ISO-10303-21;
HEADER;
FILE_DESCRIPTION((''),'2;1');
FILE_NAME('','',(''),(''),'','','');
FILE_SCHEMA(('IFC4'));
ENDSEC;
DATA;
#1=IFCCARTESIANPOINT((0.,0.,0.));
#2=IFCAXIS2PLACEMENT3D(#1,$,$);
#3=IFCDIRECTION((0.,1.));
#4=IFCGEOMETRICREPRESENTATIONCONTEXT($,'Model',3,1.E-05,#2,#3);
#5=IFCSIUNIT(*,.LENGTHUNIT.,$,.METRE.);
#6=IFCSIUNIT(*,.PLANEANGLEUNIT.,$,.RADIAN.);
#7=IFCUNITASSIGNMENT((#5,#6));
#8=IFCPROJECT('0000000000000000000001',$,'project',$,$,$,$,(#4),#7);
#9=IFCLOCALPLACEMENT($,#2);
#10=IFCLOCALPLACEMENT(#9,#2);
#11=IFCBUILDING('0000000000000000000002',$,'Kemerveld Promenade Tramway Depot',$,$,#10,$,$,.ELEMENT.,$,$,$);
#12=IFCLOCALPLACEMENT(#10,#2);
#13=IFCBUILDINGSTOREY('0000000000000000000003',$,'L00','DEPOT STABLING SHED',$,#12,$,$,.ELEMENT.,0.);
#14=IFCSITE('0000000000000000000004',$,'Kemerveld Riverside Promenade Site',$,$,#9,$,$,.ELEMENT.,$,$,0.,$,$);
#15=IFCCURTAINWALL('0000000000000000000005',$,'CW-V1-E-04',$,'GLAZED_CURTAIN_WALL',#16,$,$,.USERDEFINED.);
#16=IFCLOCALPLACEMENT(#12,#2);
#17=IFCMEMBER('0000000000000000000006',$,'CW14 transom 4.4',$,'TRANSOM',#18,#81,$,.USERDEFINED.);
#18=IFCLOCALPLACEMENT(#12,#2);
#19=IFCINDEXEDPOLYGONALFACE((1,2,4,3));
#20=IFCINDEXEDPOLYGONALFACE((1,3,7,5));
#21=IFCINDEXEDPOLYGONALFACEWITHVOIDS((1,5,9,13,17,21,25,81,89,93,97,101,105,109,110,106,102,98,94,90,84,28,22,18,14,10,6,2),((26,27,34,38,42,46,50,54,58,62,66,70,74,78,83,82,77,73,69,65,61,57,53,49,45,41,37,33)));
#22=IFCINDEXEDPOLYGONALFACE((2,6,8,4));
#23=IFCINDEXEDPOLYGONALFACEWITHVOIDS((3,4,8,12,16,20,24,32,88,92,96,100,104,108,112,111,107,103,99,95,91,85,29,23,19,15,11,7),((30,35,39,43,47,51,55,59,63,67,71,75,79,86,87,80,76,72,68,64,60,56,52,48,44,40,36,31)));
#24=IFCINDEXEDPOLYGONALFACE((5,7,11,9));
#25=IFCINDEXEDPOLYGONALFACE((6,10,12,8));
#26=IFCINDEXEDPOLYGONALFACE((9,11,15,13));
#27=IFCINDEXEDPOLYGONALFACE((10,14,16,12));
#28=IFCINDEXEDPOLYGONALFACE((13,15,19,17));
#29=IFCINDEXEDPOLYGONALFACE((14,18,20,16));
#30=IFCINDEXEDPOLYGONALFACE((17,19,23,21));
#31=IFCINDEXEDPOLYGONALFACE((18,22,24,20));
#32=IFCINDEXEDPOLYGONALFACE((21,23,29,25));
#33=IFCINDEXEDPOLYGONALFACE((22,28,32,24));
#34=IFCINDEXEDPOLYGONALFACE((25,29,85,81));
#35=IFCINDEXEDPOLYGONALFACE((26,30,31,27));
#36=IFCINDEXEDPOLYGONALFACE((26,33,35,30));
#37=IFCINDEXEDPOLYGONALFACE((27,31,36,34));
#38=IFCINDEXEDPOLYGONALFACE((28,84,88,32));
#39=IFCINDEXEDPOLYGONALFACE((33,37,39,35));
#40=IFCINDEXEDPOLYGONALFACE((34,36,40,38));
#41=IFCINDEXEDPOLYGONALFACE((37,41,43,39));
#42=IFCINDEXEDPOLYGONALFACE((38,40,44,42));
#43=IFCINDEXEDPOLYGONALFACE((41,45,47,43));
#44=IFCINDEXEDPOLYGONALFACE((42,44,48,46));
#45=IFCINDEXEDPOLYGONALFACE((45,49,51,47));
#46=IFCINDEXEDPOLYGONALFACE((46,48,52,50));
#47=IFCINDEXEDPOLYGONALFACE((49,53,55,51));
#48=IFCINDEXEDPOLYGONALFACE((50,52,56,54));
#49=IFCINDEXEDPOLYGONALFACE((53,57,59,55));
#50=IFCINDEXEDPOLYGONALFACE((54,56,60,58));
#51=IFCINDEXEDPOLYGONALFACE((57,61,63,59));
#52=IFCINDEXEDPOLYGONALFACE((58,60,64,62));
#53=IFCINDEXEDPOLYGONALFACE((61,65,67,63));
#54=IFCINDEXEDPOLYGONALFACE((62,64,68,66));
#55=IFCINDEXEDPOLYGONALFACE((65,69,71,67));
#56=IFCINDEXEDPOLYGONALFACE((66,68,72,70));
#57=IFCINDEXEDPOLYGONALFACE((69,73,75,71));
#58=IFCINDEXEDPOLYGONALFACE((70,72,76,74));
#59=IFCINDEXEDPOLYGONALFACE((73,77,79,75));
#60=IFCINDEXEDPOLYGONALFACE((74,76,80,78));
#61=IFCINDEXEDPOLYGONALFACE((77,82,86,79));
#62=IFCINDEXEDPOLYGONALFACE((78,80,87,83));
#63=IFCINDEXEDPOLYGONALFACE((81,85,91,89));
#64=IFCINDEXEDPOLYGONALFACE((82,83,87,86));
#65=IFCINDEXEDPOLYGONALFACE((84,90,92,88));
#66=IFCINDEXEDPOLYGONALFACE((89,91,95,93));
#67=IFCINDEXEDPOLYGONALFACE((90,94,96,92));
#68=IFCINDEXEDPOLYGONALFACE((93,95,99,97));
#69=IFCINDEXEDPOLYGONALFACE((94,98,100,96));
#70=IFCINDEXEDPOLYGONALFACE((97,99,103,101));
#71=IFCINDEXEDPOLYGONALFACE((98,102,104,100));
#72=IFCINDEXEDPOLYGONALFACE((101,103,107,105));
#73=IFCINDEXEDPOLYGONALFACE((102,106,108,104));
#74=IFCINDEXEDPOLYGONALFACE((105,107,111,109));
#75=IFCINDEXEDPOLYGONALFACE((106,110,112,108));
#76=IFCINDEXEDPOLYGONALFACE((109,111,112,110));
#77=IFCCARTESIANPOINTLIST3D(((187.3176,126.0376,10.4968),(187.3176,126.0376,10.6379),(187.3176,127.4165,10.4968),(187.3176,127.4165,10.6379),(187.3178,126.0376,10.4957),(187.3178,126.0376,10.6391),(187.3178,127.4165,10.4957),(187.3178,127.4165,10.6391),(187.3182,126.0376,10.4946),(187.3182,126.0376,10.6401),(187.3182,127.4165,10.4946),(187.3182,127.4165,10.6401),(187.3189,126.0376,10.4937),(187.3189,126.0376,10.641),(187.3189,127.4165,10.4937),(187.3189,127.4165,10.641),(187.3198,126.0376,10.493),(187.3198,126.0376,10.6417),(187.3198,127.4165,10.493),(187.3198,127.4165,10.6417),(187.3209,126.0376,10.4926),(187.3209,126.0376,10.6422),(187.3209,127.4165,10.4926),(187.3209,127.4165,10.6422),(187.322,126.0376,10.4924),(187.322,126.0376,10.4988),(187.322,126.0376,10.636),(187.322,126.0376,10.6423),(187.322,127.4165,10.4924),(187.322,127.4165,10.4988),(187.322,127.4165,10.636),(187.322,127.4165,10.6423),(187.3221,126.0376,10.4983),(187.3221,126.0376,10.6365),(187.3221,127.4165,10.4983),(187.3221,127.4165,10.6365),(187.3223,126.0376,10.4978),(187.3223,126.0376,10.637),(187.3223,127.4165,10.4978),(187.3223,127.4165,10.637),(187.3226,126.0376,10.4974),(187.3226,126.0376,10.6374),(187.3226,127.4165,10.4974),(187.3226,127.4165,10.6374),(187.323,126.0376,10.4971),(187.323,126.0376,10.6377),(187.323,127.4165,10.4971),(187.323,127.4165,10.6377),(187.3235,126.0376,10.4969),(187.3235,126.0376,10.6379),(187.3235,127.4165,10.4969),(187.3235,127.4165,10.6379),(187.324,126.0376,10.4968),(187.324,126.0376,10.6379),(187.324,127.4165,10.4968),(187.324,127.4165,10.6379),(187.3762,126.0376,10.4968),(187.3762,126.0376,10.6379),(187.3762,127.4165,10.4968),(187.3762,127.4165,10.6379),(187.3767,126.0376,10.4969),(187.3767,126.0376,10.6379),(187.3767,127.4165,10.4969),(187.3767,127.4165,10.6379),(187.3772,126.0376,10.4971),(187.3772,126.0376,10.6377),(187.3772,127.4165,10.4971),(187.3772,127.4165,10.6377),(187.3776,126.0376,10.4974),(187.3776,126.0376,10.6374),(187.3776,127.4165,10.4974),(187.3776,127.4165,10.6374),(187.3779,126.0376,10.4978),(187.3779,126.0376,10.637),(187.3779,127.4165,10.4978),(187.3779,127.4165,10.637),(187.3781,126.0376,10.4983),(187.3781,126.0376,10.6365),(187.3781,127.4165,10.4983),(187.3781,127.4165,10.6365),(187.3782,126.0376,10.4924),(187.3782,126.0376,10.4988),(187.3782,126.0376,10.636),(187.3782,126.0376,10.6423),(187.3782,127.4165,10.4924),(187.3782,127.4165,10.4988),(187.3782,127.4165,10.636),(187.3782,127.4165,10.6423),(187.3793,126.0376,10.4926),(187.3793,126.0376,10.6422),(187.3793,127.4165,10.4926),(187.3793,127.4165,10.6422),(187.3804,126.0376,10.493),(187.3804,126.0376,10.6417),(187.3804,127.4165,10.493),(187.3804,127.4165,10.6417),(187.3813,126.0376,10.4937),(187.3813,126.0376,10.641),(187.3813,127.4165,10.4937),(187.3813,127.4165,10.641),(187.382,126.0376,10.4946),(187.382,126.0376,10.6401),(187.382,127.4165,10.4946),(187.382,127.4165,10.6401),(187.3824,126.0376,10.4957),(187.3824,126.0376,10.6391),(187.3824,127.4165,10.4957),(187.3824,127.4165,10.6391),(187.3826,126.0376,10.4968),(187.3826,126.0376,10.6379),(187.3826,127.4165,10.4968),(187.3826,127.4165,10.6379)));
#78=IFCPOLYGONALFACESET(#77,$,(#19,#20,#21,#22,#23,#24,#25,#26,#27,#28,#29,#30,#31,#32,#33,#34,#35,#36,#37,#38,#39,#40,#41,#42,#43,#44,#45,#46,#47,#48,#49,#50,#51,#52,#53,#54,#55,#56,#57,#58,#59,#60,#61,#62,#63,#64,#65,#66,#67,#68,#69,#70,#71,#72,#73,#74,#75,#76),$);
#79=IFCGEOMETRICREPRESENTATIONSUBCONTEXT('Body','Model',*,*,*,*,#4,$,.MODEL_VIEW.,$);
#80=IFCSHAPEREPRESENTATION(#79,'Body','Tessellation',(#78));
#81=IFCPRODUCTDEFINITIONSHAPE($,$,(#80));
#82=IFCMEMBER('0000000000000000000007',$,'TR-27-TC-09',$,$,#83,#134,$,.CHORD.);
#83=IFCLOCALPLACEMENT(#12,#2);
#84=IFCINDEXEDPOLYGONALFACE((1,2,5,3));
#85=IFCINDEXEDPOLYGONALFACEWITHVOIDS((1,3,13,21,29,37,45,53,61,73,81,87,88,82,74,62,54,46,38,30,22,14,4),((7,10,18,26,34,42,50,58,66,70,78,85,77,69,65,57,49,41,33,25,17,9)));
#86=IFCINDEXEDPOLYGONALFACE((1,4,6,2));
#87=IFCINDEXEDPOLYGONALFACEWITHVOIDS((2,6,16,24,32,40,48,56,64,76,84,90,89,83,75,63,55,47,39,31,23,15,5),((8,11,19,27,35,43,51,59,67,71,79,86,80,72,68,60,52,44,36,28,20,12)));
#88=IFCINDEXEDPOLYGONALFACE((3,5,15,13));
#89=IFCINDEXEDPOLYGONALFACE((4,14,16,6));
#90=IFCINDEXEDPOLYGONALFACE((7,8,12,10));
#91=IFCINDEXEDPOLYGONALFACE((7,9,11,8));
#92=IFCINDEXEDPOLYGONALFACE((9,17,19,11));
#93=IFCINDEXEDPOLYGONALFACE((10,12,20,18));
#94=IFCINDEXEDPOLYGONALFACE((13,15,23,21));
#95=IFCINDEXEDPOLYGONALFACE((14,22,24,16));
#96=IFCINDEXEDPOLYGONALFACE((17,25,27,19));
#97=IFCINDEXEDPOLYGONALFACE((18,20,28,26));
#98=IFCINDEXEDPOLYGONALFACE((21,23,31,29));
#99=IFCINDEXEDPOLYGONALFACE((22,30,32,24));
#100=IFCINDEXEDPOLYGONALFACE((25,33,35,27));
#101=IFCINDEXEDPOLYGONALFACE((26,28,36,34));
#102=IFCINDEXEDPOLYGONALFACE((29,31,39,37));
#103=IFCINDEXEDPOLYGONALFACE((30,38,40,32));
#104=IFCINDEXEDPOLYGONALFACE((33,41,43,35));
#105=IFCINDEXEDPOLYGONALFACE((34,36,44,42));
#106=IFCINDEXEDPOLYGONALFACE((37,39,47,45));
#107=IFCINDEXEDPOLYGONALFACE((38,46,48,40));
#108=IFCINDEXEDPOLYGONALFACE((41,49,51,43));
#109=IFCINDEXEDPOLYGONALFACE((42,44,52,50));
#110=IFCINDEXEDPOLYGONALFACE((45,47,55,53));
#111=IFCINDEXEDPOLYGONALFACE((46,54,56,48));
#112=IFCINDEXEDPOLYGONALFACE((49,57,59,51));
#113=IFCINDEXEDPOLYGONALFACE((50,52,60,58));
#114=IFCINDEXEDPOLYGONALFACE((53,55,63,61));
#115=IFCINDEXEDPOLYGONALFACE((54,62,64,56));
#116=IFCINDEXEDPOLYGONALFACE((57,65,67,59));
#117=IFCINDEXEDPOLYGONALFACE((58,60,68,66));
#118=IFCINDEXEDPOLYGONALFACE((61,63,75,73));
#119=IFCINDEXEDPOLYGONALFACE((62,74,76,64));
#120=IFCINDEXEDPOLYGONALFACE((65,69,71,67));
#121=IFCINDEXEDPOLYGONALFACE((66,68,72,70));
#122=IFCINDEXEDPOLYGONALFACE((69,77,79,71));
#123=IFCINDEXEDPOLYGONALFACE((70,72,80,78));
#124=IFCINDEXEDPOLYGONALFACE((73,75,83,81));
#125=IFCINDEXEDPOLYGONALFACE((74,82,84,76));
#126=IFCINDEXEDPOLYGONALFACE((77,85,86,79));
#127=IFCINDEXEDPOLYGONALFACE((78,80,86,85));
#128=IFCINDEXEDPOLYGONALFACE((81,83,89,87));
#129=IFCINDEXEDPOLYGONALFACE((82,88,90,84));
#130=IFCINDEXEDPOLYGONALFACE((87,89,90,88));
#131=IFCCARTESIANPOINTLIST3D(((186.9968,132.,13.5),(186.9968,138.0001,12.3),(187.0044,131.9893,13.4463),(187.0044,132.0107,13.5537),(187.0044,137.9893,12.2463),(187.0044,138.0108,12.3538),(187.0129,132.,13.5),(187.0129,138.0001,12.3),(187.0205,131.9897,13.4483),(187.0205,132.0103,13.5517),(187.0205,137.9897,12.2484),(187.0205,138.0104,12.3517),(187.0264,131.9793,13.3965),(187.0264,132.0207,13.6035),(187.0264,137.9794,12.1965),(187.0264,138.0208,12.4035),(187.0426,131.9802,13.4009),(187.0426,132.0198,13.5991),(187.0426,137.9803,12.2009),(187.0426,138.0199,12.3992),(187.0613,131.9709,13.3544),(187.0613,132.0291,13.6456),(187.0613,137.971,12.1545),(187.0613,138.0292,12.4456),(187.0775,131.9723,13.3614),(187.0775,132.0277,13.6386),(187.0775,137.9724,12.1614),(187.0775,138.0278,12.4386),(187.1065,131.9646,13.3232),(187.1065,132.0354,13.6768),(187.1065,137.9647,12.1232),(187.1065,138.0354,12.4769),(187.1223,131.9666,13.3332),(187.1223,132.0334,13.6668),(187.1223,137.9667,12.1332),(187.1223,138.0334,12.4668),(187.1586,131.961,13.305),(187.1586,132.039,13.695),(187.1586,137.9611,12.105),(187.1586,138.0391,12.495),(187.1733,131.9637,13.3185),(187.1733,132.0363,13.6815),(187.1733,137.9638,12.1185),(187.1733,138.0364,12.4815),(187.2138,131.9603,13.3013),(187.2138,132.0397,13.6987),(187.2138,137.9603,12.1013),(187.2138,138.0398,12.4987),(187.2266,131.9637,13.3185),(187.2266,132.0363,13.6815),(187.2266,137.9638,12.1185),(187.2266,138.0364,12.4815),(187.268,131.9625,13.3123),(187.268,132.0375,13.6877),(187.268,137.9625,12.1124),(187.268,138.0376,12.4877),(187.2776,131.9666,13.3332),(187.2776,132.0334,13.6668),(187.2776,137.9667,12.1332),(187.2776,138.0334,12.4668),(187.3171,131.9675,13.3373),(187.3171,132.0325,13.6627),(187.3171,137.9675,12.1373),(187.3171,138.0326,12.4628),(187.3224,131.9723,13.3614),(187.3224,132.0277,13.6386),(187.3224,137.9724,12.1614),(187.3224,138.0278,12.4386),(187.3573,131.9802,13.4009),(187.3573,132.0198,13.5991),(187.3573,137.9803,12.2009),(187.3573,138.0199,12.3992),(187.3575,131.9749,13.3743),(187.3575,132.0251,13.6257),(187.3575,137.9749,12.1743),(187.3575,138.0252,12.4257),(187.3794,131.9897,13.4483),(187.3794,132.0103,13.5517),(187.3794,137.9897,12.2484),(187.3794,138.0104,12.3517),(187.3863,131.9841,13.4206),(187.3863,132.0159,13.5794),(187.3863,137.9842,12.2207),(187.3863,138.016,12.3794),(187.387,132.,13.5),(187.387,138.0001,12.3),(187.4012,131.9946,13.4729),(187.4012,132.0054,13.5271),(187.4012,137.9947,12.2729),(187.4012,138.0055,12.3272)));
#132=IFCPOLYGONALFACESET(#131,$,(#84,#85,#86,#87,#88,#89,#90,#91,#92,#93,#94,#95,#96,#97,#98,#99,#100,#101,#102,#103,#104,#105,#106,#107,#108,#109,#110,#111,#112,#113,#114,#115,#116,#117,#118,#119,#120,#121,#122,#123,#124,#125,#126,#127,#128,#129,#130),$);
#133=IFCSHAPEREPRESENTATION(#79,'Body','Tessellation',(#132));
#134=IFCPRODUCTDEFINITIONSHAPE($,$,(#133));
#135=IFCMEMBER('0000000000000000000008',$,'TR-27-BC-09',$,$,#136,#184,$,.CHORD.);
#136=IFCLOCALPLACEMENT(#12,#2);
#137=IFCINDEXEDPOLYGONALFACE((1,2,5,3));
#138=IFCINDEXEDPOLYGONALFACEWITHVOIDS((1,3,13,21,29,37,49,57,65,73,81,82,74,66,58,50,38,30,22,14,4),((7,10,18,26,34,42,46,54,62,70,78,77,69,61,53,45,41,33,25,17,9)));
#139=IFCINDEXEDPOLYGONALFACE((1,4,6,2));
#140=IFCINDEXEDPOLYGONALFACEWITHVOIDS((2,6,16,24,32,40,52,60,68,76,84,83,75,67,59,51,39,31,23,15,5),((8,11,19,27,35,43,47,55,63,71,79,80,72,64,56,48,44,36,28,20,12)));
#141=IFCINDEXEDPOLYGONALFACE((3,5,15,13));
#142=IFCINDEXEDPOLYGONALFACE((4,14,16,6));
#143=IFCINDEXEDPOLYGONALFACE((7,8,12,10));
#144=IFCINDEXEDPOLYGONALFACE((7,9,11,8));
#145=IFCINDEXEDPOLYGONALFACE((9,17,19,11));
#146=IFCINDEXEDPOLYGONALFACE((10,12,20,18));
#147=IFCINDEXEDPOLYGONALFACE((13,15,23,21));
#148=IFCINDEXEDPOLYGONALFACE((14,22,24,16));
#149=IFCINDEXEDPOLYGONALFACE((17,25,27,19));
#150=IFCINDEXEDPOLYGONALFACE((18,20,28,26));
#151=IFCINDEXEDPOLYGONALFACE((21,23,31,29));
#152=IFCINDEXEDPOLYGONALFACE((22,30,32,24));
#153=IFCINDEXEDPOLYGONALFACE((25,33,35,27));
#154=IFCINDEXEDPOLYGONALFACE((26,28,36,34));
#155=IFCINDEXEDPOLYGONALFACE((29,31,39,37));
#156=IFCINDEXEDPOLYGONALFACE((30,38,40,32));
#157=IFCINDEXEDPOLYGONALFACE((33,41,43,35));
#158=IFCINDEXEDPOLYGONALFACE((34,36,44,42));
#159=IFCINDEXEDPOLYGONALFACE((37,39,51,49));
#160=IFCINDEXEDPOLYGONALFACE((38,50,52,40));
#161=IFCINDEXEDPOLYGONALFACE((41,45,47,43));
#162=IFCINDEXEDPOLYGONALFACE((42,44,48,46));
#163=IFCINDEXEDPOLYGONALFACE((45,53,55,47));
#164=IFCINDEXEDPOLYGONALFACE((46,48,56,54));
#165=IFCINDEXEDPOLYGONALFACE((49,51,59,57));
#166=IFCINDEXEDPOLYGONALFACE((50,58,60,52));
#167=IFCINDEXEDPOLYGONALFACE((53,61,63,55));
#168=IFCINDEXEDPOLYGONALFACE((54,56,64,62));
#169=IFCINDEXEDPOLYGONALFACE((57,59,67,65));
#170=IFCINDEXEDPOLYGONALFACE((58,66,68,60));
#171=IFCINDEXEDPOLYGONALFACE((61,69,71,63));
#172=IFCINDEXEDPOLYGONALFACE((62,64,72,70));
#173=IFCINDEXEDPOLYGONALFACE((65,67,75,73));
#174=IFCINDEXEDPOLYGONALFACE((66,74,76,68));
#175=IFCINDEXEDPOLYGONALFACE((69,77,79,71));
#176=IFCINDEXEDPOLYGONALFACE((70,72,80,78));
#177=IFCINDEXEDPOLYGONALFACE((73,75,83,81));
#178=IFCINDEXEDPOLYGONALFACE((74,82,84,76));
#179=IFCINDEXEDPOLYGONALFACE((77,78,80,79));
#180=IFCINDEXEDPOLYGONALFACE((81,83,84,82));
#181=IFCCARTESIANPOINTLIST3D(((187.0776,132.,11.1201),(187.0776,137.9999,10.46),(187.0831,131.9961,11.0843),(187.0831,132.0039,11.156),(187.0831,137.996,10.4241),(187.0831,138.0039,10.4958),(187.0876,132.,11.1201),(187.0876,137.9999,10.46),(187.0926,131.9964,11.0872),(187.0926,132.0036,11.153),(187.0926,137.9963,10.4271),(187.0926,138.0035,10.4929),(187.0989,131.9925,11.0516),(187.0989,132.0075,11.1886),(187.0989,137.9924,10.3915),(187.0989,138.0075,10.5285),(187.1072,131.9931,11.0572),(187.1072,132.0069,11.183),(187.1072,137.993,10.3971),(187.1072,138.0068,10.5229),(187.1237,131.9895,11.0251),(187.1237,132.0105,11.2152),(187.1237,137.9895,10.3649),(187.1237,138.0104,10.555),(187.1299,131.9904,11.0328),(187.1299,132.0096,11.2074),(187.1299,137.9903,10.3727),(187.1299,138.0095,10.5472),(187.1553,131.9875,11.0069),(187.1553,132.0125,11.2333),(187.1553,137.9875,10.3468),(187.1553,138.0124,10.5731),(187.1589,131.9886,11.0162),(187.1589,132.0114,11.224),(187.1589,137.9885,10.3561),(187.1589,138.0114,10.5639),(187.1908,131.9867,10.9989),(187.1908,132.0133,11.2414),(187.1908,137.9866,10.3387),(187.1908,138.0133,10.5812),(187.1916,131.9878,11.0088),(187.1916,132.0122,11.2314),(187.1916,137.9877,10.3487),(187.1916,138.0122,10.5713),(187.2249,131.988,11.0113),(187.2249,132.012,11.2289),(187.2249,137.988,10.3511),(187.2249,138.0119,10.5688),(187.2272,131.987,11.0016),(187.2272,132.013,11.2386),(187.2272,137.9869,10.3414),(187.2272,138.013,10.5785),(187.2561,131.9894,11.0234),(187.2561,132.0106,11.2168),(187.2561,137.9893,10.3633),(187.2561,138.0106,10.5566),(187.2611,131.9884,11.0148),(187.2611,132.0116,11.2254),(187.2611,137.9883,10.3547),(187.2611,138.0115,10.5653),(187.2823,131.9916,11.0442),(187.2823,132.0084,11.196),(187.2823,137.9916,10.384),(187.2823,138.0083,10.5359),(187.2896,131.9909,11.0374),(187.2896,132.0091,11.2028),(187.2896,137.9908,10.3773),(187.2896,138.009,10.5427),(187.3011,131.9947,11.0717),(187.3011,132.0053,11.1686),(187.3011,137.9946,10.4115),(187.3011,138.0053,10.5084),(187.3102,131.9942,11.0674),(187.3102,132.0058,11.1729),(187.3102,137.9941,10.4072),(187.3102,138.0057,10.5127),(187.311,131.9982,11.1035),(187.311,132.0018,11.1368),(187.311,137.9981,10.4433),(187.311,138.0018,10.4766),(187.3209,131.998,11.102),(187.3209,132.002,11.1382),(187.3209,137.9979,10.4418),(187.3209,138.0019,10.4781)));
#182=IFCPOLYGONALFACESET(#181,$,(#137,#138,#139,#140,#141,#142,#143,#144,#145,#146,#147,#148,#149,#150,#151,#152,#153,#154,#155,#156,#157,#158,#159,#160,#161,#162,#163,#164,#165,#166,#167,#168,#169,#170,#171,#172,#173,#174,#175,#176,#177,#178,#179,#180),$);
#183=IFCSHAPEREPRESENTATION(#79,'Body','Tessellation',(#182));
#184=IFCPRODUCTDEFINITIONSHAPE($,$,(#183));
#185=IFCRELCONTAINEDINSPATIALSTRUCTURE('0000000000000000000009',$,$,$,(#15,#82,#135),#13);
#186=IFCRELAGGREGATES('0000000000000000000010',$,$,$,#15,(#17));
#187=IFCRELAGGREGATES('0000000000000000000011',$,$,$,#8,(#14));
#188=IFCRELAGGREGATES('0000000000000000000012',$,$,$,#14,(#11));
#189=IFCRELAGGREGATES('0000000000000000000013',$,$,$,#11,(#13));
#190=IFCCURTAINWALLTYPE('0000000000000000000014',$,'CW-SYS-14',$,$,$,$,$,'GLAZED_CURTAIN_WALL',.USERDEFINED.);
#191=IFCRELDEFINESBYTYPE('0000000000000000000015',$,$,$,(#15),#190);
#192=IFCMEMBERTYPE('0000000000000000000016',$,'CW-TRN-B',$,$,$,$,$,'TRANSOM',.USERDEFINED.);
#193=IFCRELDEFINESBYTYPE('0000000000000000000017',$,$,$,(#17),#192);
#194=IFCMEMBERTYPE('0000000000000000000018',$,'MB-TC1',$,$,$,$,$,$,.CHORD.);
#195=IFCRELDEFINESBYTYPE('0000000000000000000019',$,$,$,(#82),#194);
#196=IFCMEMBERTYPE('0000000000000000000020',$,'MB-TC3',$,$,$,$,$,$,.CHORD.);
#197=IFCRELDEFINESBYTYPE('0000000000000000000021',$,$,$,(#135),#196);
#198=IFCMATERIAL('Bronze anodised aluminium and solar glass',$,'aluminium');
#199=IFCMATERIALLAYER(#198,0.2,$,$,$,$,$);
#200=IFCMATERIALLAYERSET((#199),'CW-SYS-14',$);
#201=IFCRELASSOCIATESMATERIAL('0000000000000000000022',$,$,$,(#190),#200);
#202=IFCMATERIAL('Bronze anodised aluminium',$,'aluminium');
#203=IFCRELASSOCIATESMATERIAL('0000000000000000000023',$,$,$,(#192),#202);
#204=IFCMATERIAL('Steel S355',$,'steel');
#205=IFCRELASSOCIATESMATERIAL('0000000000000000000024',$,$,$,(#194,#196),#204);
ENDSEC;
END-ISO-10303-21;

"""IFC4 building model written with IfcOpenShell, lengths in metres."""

from ifc_helpers import new_model, si_unit, direction, frame, origin, origin_2d, place, context, subcontext, project, spatial, hollow_rectangle, hollow_circle, extrude, material, layer, layer_set, material_profile, profile_set, type_object, element, aggregate, save


model = new_model("IFC4")

# Units and contexts
model_context = context("Model", 3, precision=1e-05, world=origin(), true_north=direction((0.0, 1.0)))
body_context = subcontext(model_context, "Body", "Model", "MODEL_VIEW")
ifc_project = project(units=[si_unit("LENGTHUNIT", "METRE"), si_unit("PLANEANGLEUNIT", "RADIAN")], contexts=[model_context])

# Site, building, storey
site_placement = place(None, origin())
site = spatial("IfcSite", under=ifc_project, at=site_placement, Name="Kemerveld Riverside Promenade Site", CompositionType="ELEMENT", RefElevation=0.0)
building_placement = place(site_placement, origin())
building = spatial("IfcBuilding", under=site, at=building_placement, Name="Kemerveld Promenade Tramway Depot", CompositionType="ELEMENT")
storey_placement = place(building_placement, origin())
storey = spatial("IfcBuildingStorey", under=building, at=storey_placement, Name="L00", Description="DEPOT STABLING SHED", CompositionType="ELEMENT", Elevation=0.0)

# Curtain wall, member
ifc_material_1 = material(Name="Bronze anodised aluminium and solar glass", Category="aluminium")
ifc_layer_1 = layer(ifc_material_1, 0.2)
ifc_layer_set_1 = layer_set([ifc_layer_1], Name="CW-SYS-14")
curtain_wall_type = type_object("IfcCurtainWallType", Name="CW-SYS-14", ElementType="GLAZED_CURTAIN_WALL", PredefinedType="USERDEFINED", material=ifc_layer_set_1)
curtain_wall_placement = place(storey_placement, origin())
curtain_wall = element("IfcCurtainWall", 1, at=curtain_wall_placement, inside=storey, type_object=curtain_wall_type, Name="CW-V1-E-04", ObjectType="GLAZED_CURTAIN_WALL", PredefinedType="USERDEFINED")
ifc_material_2 = material(Name="Bronze anodised aluminium", Category="aluminium")
ifc_material_profile_1 = material_profile(ifc_material_2, hollow_rectangle(XDim=0.0649, YDim=0.1499, WallThickness=0.0044, InnerFilletRadius=0.002, OuterFilletRadius=0.0044, at=origin_2d()), Name="CW-TRN-150x65")
ifc_profile_set_1 = profile_set([ifc_material_profile_1], Name="Bronze anodised aluminium")
member_type_1 = type_object("IfcMemberType", Name="CW-TRN-B", ElementType="TRANSOM", PredefinedType="USERDEFINED", material=ifc_profile_set_1)
member_1_placement = place(storey_placement, frame((187.3501, 127.4165, 10.5674), z_axis=(0.0, -1.0, 0.0), x_axis=(1.0, 0.0, 0.0)))
member_1 = element("IfcMember", 2, at=member_1_placement, type_object=member_type_1, Name="CW14 transom 4.4", ObjectType="TRANSOM", PredefinedType="USERDEFINED", context=body_context, shape_type="SweptSolid", body=[
    extrude(hollow_rectangle(XDim=0.0649, YDim=0.1499, WallThickness=0.0044, InnerFilletRadius=0.002, OuterFilletRadius=0.0044, at=origin_2d()), origin(), (0.0, 0.0, 1.0), 1.3789),
])

# Members
ifc_material_3 = material(Name="Steel S355", Category="steel")
ifc_material_profile_2 = material_profile(ifc_material_3, hollow_circle(Radius=0.2031, WallThickness=0.0161, at=origin_2d()), Name="406.4x16.0 CHS")
ifc_profile_set_2 = profile_set([ifc_material_profile_2], Name="Steel S355")
member_type_2 = type_object("IfcMemberType", Name="MB-TC1", PredefinedType="CHORD", material=ifc_profile_set_2)
member_2_placement = place(storey_placement, frame((187.2, 132.0, 13.5), z_axis=(0.0, 0.980582, -0.196108), x_axis=(-1.0, 0.0, 0.0)))
element("IfcMember", 3, at=member_2_placement, inside=storey, type_object=member_type_2, Name="TR-27-TC-09", PredefinedType="CHORD", context=body_context, shape_type="SweptSolid", body=[
    extrude(hollow_circle(Radius=0.2031, WallThickness=0.0161, at=origin_2d()), origin(), (0.0, 0.0, 1.0), 6.1189),
])
ifc_material_profile_3 = material_profile(ifc_material_3, hollow_circle(Radius=0.1223, WallThickness=0.01, at=origin_2d()), Name="244.5x10.0 CHS")
ifc_profile_set_3 = profile_set([ifc_material_profile_3], Name="Steel S355")
member_type_3 = type_object("IfcMemberType", Name="MB-TC3", PredefinedType="CHORD", material=ifc_profile_set_3)
member_3_placement = place(storey_placement, frame((187.2, 132.0, 11.1201), z_axis=(0.0, 0.994002, -0.109366), x_axis=(-1.0, 0.0, 0.0)))
element("IfcMember", 4, at=member_3_placement, inside=storey, type_object=member_type_3, Name="TR-27-BC-09", PredefinedType="CHORD", context=body_context, shape_type="SweptSolid", body=[
    extrude(hollow_circle(Radius=0.1223, WallThickness=0.01, at=origin_2d()), origin(), (0.0, 0.0, 1.0), 6.0361),
])

aggregate(curtain_wall, [member_1])

save(model, "model.ifc")
